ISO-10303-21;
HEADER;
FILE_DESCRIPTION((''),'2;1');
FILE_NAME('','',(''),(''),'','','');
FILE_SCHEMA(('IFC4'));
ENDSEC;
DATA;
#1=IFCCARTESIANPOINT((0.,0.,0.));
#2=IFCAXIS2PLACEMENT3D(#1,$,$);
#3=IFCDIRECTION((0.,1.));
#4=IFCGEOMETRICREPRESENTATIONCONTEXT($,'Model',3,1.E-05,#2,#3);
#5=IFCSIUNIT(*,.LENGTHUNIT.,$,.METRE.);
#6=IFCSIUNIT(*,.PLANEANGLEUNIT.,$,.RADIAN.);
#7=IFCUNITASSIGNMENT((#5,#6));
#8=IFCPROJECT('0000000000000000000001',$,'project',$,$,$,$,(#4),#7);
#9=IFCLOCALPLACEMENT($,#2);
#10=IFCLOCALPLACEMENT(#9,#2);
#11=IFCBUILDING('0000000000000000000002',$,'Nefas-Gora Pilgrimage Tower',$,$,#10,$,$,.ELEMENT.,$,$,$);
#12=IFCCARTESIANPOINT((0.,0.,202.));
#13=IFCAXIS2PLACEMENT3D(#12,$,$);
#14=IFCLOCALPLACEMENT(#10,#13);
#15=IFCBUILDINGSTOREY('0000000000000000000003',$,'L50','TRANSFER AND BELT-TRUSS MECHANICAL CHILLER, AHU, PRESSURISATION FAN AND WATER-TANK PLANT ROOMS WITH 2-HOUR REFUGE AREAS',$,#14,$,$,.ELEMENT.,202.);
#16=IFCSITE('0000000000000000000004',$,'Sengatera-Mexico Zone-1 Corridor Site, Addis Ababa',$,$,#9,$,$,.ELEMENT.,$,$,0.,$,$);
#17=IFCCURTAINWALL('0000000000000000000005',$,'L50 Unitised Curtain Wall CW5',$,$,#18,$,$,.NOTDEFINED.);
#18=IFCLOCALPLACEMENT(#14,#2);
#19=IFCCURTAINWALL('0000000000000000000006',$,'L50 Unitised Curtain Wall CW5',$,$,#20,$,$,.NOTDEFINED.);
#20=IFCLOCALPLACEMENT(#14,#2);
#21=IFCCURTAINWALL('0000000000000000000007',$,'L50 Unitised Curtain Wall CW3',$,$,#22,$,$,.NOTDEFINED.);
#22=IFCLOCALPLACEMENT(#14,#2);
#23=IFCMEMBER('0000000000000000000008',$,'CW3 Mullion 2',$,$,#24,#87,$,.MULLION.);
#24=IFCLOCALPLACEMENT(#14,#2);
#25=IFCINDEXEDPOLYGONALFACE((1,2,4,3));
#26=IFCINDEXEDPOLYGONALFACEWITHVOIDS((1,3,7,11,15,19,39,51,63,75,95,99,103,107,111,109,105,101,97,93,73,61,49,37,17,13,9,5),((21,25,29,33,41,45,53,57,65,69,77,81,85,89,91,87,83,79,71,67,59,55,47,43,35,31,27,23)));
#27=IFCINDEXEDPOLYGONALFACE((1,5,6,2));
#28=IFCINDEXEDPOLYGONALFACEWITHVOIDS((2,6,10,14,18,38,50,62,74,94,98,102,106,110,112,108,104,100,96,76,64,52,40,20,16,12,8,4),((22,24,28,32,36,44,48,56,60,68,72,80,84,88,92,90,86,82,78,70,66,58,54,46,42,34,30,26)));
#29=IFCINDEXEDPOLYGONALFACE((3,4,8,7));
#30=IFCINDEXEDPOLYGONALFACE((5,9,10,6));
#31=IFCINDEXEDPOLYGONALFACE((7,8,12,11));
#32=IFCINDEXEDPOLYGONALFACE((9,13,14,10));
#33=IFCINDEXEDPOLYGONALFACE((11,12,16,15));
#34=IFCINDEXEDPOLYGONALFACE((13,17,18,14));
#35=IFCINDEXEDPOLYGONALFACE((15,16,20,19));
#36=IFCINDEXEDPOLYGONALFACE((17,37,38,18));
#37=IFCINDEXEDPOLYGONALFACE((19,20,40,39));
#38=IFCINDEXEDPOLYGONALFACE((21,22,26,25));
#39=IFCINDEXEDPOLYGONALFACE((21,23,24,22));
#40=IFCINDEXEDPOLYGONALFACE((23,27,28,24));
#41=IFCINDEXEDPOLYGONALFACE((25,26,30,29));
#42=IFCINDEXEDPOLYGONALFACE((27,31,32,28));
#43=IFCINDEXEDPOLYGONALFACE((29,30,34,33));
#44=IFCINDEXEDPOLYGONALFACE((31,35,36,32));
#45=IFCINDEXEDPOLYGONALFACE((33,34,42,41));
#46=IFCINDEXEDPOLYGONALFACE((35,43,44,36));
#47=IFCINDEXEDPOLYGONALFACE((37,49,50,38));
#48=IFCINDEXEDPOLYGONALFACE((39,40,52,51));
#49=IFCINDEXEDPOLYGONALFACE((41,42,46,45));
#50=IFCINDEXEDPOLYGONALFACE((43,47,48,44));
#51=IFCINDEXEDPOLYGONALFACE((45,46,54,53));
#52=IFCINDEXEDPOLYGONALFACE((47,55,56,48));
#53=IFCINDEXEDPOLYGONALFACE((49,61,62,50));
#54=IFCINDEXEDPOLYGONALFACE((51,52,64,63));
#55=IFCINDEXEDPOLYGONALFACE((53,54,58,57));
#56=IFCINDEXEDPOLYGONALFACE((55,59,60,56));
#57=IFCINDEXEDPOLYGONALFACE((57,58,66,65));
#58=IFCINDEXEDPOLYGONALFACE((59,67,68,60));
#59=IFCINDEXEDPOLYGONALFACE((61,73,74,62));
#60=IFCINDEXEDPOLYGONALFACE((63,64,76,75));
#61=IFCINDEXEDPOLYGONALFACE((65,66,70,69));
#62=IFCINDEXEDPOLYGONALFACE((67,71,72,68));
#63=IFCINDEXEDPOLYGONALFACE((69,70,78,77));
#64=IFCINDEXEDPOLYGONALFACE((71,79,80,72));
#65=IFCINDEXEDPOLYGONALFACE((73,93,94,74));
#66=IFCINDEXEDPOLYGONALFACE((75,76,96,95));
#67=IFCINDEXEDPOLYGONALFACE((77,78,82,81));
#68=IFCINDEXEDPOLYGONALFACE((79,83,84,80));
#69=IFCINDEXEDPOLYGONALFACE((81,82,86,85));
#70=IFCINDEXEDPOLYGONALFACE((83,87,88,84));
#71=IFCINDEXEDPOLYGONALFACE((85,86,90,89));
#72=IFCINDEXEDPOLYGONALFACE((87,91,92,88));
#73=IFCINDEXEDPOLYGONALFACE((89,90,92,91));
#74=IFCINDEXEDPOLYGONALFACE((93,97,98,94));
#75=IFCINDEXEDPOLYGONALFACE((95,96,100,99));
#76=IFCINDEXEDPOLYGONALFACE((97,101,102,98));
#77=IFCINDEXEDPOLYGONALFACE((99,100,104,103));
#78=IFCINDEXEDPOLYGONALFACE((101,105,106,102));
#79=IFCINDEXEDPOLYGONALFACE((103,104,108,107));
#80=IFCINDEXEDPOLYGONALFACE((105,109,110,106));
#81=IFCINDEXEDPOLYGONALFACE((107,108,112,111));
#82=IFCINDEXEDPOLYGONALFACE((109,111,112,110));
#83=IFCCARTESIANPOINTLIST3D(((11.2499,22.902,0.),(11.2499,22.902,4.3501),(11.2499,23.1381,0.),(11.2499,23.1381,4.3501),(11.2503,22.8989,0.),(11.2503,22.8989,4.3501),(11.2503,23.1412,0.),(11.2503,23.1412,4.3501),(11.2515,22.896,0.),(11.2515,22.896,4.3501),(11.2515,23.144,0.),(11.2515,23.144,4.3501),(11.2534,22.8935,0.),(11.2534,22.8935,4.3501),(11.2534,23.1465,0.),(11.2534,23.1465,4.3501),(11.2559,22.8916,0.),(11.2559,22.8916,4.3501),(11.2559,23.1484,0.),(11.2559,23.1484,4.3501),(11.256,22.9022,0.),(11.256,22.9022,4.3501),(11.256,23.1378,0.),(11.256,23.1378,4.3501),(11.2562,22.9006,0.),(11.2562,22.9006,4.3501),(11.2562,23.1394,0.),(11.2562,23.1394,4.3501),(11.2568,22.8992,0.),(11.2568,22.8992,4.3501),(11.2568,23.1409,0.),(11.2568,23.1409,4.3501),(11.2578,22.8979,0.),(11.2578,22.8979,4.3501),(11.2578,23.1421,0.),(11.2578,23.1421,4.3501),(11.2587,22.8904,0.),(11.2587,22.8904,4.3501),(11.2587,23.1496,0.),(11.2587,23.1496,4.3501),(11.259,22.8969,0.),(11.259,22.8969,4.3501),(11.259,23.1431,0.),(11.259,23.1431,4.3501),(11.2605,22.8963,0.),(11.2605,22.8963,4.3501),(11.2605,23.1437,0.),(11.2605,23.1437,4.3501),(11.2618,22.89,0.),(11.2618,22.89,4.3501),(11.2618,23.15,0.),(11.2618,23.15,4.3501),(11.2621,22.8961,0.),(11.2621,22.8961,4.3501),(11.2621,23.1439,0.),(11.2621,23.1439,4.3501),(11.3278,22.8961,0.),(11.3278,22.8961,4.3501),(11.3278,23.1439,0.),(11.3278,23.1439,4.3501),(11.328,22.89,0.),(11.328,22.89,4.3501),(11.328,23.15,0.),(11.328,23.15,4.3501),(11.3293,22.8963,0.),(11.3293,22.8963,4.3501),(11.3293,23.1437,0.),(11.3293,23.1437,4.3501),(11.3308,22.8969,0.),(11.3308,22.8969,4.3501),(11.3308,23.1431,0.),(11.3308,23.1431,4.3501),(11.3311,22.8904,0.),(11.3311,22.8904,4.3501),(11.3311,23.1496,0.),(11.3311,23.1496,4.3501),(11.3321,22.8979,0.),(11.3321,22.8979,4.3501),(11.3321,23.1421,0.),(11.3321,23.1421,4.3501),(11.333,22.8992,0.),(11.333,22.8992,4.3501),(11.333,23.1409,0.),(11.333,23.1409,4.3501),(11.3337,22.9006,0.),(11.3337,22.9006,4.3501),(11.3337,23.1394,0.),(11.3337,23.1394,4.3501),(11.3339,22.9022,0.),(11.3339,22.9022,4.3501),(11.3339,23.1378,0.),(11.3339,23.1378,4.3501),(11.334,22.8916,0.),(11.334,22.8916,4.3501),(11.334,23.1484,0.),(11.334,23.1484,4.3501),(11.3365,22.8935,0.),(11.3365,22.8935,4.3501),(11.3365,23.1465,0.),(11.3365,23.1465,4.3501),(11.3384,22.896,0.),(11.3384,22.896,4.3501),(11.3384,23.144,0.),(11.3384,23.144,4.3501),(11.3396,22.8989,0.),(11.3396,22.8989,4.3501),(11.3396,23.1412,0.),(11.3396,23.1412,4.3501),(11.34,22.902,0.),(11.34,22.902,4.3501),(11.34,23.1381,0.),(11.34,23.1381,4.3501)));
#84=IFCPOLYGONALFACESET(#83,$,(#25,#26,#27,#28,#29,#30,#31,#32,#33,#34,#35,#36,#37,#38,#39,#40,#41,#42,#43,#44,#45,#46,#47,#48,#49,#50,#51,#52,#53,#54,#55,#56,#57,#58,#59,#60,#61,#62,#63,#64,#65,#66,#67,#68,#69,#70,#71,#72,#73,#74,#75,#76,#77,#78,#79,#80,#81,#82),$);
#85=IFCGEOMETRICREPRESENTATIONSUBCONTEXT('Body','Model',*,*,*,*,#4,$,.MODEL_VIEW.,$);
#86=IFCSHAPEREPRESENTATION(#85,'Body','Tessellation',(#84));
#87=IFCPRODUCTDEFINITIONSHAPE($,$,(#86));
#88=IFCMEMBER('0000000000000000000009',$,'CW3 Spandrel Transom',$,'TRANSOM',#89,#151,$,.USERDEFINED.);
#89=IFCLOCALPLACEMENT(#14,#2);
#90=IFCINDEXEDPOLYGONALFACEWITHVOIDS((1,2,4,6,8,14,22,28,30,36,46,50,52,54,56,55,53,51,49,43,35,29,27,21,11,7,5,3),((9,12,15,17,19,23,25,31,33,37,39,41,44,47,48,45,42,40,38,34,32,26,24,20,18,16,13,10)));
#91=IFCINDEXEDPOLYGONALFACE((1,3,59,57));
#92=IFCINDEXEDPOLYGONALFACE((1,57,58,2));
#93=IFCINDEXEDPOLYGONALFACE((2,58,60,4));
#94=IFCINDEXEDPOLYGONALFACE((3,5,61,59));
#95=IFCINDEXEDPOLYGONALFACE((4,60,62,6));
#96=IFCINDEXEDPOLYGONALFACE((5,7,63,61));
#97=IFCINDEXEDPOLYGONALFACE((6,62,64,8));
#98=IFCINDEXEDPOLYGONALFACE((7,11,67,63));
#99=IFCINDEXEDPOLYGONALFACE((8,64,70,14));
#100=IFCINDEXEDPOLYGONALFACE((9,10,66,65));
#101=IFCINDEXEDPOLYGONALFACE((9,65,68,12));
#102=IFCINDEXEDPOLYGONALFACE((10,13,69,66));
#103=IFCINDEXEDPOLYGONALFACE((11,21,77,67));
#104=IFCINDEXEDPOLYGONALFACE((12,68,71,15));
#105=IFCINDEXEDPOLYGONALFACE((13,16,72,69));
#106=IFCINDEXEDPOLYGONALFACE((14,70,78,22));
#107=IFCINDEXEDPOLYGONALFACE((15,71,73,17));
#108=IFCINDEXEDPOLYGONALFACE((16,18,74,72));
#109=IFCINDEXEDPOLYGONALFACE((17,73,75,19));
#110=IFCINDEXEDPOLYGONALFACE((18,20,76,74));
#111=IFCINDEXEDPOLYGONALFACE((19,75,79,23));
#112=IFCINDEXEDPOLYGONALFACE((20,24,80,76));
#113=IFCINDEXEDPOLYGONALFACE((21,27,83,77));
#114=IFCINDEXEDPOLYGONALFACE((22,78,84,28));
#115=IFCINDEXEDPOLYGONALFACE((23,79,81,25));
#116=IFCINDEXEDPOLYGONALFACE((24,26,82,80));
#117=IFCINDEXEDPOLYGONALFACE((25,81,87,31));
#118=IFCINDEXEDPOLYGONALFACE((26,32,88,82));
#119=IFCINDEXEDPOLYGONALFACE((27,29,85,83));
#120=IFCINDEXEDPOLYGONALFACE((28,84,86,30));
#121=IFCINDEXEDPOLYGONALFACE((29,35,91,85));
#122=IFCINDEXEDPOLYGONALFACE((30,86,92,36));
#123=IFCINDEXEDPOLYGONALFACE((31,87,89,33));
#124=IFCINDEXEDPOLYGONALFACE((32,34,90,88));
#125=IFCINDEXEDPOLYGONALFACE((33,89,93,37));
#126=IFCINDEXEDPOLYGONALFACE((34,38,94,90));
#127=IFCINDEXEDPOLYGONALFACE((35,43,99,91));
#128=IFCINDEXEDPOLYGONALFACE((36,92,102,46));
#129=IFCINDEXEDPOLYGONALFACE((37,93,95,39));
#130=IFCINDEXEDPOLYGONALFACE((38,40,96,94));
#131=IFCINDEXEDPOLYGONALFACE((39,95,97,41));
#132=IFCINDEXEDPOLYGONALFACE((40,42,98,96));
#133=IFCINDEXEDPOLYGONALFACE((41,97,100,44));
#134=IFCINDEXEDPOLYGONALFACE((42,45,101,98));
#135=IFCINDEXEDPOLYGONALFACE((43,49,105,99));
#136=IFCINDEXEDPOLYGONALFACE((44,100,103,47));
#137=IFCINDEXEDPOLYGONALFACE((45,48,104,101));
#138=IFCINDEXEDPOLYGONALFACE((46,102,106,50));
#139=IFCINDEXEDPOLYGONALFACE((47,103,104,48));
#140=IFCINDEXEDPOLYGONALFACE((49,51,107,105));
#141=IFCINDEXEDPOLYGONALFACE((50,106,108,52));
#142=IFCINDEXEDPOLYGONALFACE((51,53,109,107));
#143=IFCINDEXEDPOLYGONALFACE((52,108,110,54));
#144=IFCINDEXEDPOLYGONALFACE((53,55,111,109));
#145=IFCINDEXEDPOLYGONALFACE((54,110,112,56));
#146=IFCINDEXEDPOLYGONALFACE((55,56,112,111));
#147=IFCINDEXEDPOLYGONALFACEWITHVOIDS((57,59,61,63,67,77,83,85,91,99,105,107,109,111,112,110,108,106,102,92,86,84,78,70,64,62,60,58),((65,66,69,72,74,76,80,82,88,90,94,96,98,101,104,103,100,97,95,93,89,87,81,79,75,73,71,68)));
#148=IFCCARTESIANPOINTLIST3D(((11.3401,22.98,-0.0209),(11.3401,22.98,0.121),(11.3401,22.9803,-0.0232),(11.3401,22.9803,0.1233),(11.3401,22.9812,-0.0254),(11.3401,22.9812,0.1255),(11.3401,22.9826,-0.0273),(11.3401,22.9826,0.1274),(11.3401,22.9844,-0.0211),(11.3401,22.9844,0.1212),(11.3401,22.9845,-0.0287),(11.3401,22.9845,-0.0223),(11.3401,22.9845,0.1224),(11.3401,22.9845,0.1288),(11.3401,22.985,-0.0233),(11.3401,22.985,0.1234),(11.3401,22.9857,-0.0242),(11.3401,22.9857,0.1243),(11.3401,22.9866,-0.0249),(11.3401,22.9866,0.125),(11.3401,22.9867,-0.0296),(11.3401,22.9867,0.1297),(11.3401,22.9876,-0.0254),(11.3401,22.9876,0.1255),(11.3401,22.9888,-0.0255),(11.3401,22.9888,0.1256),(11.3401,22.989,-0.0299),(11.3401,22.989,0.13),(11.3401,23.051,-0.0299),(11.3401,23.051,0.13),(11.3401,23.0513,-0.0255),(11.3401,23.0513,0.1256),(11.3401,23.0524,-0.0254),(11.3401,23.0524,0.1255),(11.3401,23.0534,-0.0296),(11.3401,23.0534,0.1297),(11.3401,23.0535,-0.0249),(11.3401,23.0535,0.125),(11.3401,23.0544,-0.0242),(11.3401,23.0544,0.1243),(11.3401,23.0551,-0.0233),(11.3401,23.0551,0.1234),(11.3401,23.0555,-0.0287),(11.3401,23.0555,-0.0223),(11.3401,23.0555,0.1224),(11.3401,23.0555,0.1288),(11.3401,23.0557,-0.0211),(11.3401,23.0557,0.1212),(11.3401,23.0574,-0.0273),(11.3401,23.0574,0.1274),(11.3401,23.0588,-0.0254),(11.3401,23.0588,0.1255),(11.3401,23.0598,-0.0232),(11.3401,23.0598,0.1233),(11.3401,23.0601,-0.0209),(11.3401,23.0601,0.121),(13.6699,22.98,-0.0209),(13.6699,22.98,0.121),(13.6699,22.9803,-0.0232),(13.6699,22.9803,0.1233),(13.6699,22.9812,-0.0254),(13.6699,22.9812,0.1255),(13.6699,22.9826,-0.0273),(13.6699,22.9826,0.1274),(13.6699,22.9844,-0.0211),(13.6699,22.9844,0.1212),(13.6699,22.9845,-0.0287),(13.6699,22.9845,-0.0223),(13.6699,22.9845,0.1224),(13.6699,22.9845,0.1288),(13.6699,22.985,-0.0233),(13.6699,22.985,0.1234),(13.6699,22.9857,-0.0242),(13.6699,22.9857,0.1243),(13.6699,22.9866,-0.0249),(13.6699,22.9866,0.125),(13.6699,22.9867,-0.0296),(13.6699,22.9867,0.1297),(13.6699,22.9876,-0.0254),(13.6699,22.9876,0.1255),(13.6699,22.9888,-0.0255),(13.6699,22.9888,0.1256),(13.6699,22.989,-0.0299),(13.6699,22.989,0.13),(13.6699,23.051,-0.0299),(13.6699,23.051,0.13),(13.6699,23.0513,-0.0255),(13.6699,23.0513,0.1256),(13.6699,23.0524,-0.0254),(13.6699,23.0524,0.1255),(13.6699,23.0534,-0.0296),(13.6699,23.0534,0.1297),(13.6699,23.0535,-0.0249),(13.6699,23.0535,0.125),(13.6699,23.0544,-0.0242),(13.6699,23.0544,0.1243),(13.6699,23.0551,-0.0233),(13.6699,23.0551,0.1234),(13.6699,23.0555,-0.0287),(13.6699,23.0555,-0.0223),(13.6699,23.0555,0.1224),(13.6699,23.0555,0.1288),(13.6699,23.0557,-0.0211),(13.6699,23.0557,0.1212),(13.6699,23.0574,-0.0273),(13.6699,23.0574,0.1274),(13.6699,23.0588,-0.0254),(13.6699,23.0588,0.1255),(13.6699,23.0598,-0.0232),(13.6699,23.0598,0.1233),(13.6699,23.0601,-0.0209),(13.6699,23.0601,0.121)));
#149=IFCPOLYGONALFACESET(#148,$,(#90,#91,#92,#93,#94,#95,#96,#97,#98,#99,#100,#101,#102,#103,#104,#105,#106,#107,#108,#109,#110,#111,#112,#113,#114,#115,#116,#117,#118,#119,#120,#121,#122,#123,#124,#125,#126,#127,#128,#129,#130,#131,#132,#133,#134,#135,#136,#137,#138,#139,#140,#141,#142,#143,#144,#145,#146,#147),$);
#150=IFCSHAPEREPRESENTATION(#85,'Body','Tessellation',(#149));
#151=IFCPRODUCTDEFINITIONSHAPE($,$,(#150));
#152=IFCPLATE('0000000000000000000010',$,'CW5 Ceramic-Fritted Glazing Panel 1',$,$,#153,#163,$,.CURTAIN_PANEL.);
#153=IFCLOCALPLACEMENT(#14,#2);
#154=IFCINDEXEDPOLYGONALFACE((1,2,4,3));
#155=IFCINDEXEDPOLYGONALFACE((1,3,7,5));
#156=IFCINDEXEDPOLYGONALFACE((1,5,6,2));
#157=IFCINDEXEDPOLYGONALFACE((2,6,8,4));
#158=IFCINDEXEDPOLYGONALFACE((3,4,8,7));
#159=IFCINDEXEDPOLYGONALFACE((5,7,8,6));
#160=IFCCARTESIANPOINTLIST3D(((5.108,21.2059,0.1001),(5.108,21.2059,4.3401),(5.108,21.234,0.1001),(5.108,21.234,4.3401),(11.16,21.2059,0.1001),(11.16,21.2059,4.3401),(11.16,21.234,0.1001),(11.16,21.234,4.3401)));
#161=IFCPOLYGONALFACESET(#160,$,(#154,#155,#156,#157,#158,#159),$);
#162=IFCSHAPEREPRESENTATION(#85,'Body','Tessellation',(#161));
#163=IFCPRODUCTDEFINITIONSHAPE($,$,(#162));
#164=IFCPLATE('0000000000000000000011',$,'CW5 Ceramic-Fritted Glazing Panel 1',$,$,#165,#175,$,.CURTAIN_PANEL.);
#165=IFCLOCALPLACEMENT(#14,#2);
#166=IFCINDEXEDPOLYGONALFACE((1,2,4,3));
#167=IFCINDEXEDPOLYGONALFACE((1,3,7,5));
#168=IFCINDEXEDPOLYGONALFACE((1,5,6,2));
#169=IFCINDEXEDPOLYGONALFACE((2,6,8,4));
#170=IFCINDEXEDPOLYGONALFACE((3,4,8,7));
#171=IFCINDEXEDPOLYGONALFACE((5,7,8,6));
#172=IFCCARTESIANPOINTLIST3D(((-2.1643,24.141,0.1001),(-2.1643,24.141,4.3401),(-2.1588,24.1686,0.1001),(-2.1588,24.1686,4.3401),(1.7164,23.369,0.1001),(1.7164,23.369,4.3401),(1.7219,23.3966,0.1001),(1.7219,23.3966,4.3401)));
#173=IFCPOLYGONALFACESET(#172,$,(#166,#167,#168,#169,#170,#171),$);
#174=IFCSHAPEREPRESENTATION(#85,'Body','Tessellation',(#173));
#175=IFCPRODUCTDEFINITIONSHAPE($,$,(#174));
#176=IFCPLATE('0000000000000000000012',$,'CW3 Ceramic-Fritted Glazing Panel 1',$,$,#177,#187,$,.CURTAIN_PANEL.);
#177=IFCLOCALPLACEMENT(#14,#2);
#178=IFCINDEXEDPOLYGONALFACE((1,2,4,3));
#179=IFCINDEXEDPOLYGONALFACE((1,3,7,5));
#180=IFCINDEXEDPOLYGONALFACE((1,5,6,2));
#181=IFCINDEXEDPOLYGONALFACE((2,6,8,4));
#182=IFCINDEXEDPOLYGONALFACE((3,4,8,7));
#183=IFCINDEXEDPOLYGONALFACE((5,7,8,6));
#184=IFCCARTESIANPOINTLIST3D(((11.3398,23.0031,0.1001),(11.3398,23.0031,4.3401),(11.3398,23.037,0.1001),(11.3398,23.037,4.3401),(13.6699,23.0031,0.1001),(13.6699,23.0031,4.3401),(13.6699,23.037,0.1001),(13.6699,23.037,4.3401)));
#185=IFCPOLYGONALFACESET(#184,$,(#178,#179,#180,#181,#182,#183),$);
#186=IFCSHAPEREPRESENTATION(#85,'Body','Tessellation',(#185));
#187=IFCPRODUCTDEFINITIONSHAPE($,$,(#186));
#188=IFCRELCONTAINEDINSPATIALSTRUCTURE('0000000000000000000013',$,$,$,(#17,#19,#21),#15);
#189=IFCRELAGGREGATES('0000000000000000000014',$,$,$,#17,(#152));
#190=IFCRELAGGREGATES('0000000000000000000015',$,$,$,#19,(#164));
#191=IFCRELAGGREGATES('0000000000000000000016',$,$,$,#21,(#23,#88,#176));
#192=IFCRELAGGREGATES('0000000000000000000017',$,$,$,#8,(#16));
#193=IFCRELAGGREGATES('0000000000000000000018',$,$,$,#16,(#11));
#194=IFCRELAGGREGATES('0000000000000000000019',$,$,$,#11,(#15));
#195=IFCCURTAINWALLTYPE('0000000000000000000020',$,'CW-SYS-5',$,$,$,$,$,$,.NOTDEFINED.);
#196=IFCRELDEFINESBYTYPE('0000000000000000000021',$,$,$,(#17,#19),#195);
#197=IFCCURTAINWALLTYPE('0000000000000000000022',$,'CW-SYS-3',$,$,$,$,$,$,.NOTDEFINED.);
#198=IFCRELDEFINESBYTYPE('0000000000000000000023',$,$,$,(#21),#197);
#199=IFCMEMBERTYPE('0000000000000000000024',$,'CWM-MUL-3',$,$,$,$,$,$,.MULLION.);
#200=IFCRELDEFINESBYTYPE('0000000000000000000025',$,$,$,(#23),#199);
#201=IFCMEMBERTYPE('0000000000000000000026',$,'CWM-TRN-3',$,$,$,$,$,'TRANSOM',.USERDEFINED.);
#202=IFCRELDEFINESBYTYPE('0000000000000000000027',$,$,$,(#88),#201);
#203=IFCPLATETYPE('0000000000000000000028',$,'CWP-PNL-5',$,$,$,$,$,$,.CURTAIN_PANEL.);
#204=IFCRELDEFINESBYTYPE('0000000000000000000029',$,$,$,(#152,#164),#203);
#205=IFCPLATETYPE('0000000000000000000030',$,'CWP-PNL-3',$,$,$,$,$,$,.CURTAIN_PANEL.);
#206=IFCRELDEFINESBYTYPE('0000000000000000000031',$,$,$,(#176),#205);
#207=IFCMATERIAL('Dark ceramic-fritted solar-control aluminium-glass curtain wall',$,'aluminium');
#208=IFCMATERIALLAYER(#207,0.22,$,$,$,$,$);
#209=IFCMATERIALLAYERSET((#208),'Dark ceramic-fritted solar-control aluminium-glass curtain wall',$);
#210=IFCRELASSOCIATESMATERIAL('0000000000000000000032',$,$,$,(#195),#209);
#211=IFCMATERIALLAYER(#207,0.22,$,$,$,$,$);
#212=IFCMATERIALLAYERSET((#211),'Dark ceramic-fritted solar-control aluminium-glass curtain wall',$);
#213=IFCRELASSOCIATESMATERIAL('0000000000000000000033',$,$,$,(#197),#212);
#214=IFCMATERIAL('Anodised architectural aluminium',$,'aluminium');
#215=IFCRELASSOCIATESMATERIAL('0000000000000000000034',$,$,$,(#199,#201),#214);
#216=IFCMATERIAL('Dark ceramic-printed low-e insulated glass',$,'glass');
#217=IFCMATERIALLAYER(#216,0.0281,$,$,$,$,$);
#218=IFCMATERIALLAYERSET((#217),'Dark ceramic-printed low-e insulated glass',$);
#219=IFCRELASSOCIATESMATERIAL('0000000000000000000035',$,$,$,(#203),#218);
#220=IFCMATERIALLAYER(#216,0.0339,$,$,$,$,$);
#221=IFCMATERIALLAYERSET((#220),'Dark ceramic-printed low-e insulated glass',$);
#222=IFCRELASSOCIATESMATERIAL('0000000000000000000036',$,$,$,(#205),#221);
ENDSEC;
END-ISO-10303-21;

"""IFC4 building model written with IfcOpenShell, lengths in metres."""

from ifc_helpers import new_model, si_unit, direction, frame, origin, origin_2d, place, context, subcontext, project, spatial, rectangle, hollow_rectangle, extrude, source, transform, mapped, material, layer, layer_set, material_profile, profile_set, type_object, element, aggregate, save


model = new_model("IFC4")

# Units and contexts
model_context = context("Model", 3, precision=1e-05, world=origin(), true_north=direction((0.0, 1.0)))
body_context = subcontext(model_context, "Body", "Model", "MODEL_VIEW")
ifc_project = project(units=[si_unit("LENGTHUNIT", "METRE"), si_unit("PLANEANGLEUNIT", "RADIAN")], contexts=[model_context])

# Site, building, storey
site_placement = place(None, origin())
site = spatial("IfcSite", under=ifc_project, at=site_placement, Name="Sengatera-Mexico Zone-1 Corridor Site, Addis Ababa", CompositionType="ELEMENT", RefElevation=0.0)
building_placement = place(site_placement, origin())
building = spatial("IfcBuilding", under=site, at=building_placement, Name="Nefas-Gora Pilgrimage Tower", CompositionType="ELEMENT")
storey_placement = place(building_placement, frame((0.0, 0.0, 202.0)))
storey = spatial("IfcBuildingStorey", under=building, at=storey_placement, Name="L50", Description="TRANSFER AND BELT-TRUSS MECHANICAL CHILLER, AHU, PRESSURISATION FAN AND WATER-TANK PLANT ROOMS WITH 2-HOUR REFUGE AREAS", CompositionType="ELEMENT", Elevation=202.0)

# Curtain walls
ifc_material_1 = material(Name="Dark ceramic-fritted solar-control aluminium-glass curtain wall", Category="aluminium")
ifc_layer_1 = layer(ifc_material_1, 0.22)
ifc_layer_set_1 = layer_set([ifc_layer_1], Name="Dark ceramic-fritted solar-control aluminium-glass curtain wall")
curtain_wall_type_1 = type_object("IfcCurtainWallType", Name="CW-SYS-5", PredefinedType="NOTDEFINED", material=ifc_layer_set_1)
curtain_wall_1_placement = place(storey_placement, origin())
curtain_wall_1 = element("IfcCurtainWall", 1, at=curtain_wall_1_placement, inside=storey, type_object=curtain_wall_type_1, Name="L50 Unitised Curtain Wall CW5", PredefinedType="NOTDEFINED")
ifc_material_2 = material(Name="Anodised architectural aluminium", Category="aluminium")
curtain_wall_2_placement = place(storey_placement, origin())
curtain_wall_2 = element("IfcCurtainWall", 2, at=curtain_wall_2_placement, inside=storey, type_object=curtain_wall_type_1, Name="L50 Unitised Curtain Wall CW5", PredefinedType="NOTDEFINED")

# Curtain wall, members
ifc_layer_2 = layer(ifc_material_1, 0.22)
ifc_layer_set_2 = layer_set([ifc_layer_2], Name="Dark ceramic-fritted solar-control aluminium-glass curtain wall")
curtain_wall_type_2 = type_object("IfcCurtainWallType", Name="CW-SYS-3", PredefinedType="NOTDEFINED", material=ifc_layer_set_2)
curtain_wall_3_placement = place(storey_placement, origin())
curtain_wall_3 = element("IfcCurtainWall", 3, at=curtain_wall_3_placement, inside=storey, type_object=curtain_wall_type_2, Name="L50 Unitised Curtain Wall CW3", PredefinedType="NOTDEFINED")
ifc_material_profile_1 = material_profile(ifc_material_2, hollow_rectangle(XDim=0.0901, YDim=0.26, WallThickness=0.0061, InnerFilletRadius=0.0061, OuterFilletRadius=0.012, at=origin_2d()), Name="ALU MULLION 90x260")
ifc_profile_set_1 = profile_set([ifc_material_profile_1], Name="Anodised architectural aluminium")
member_type_1 = type_object("IfcMemberType", Name="CWM-MUL-3", PredefinedType="MULLION", material=ifc_profile_set_1)
shared_shape_1 = source(origin(), body_context, "Body", "SweptSolid", [
    extrude(hollow_rectangle(XDim=0.0901, YDim=0.26, WallThickness=0.0061, InnerFilletRadius=0.0061, OuterFilletRadius=0.012, at=origin_2d()), origin(), (0.0, 0.0, 1.0), 4.3501),
])
member_1_placement = place(storey_placement, frame((11.2949, 23.02, 0.0), z_axis=(0.0, 0.0, 1.0), x_axis=(-1.0, 0.0, 0.0)))
member_1 = element("IfcMember", 4, at=member_1_placement, type_object=member_type_1, Name="CW3 Mullion 2", PredefinedType="MULLION", context=body_context, shape_type="MappedRepresentation", body=[
    mapped(shared_shape_1, transform((0.0, 0.0, 0.0), x_axis=(1.0, 0.0, 0.0), y_axis=(0.0, 1.0, 0.0), z_axis=(0.0, 0.0, 1.0), scale=1.0)),
])
ifc_material_profile_2 = material_profile(ifc_material_2, hollow_rectangle(XDim=0.0801, YDim=0.1599, WallThickness=0.0044, InnerFilletRadius=0.0044, OuterFilletRadius=0.009, at=origin_2d()), Name="ALU TRANSOM 80x160")
ifc_profile_set_2 = profile_set([ifc_material_profile_2], Name="Anodised architectural aluminium")
member_type_2 = type_object("IfcMemberType", Name="CWM-TRN-3", ElementType="TRANSOM", PredefinedType="USERDEFINED", material=ifc_profile_set_2)
shared_shape_2 = source(origin(), body_context, "Body", "SweptSolid", [
    extrude(hollow_rectangle(XDim=0.0801, YDim=0.1599, WallThickness=0.0044, InnerFilletRadius=0.0044, OuterFilletRadius=0.009, at=origin_2d()), origin(), (0.0, 0.0, 1.0), 2.3298),
])
member_2_placement = place(storey_placement, frame((13.6699, 23.02, 0.05), z_axis=(-1.0, 0.0, 0.0), x_axis=(0.0, -1.0, 0.0)))
member_2 = element("IfcMember", 5, at=member_2_placement, type_object=member_type_2, Name="CW3 Spandrel Transom", ObjectType="TRANSOM", PredefinedType="USERDEFINED", context=body_context, shape_type="MappedRepresentation", body=[
    mapped(shared_shape_2, transform((0.0, 0.0, 0.0), x_axis=(1.0, 0.0, 0.0), y_axis=(0.0, 1.0, 0.0), z_axis=(0.0, 0.0, 1.0), scale=1.0)),
])

# Plates
ifc_material_3 = material(Name="Dark ceramic-printed low-e insulated glass", Category="glass")
ifc_layer_3 = layer(ifc_material_3, 0.0281)
ifc_layer_set_3 = layer_set([ifc_layer_3], Name="Dark ceramic-printed low-e insulated glass")
plate_type_1 = type_object("IfcPlateType", Name="CWP-PNL-5", PredefinedType="CURTAIN_PANEL", material=ifc_layer_set_3)
shared_shape_3 = source(origin(), body_context, "Body", "SweptSolid", [
    extrude(rectangle(XDim=6.052, YDim=0.0281, at=origin_2d()), origin(), (0.0, 0.0, 1.0), 4.24),
])
plate_1_placement = place(storey_placement, frame((8.134, 21.22, 0.1001), z_axis=(0.0, 0.0, 1.0), x_axis=(-1.0, 0.0, 0.0)))
plate_1 = element("IfcPlate", 6, at=plate_1_placement, type_object=plate_type_1, Name="CW5 Ceramic-Fritted Glazing Panel 1", PredefinedType="CURTAIN_PANEL", context=body_context, shape_type="MappedRepresentation", body=[
    mapped(shared_shape_3, transform((0.0, 0.0, 0.0), x_axis=(1.0, 0.0, 0.0), y_axis=(0.0, 1.0, 0.0), z_axis=(0.0, 0.0, 1.0), scale=1.0)),
])
aggregate(curtain_wall_1, [plate_1])
shared_shape_4 = source(origin(), body_context, "Body", "SweptSolid", [
    extrude(rectangle(XDim=3.9568, YDim=0.0281, at=origin_2d()), origin(), (0.0, 0.0, 1.0), 4.24),
])
plate_2_placement = place(storey_placement, frame((-0.2212, 23.7688, 0.1001), z_axis=(0.0, 0.0, 1.0), x_axis=(-0.980783, 0.195102, 0.0)))
plate_2 = element("IfcPlate", 7, at=plate_2_placement, type_object=plate_type_1, Name="CW5 Ceramic-Fritted Glazing Panel 1", PredefinedType="CURTAIN_PANEL", context=body_context, shape_type="MappedRepresentation", body=[
    mapped(shared_shape_4, transform((0.0, 0.0, 0.0), x_axis=(1.0, 0.0, 0.0), y_axis=(0.0, 1.0, 0.0), z_axis=(0.0, 0.0, 1.0), scale=1.0)),
])
aggregate(curtain_wall_2, [plate_2])
ifc_layer_4 = layer(ifc_material_3, 0.0339)
ifc_layer_set_4 = layer_set([ifc_layer_4], Name="Dark ceramic-printed low-e insulated glass")
plate_type_2 = type_object("IfcPlateType", Name="CWP-PNL-3", PredefinedType="CURTAIN_PANEL", material=ifc_layer_set_4)
shared_shape_5 = source(origin(), body_context, "Body", "SweptSolid", [
    extrude(rectangle(XDim=2.3301, YDim=0.0339, at=origin_2d()), origin(), (0.0, 0.0, 1.0), 4.24),
])
plate_3_placement = place(storey_placement, frame((12.5049, 23.02, 0.1001), z_axis=(0.0, 0.0, 1.0), x_axis=(-1.0, 0.0, 0.0)))
plate_3 = element("IfcPlate", 8, at=plate_3_placement, type_object=plate_type_2, Name="CW3 Ceramic-Fritted Glazing Panel 1", PredefinedType="CURTAIN_PANEL", context=body_context, shape_type="MappedRepresentation", body=[
    mapped(shared_shape_5, transform((0.0, 0.0, 0.0), x_axis=(1.0, 0.0, 0.0), y_axis=(0.0, 1.0, 0.0), z_axis=(0.0, 0.0, 1.0), scale=1.0)),
])
aggregate(curtain_wall_3, [member_1, member_2, plate_3])

save(model, "model.ifc")
